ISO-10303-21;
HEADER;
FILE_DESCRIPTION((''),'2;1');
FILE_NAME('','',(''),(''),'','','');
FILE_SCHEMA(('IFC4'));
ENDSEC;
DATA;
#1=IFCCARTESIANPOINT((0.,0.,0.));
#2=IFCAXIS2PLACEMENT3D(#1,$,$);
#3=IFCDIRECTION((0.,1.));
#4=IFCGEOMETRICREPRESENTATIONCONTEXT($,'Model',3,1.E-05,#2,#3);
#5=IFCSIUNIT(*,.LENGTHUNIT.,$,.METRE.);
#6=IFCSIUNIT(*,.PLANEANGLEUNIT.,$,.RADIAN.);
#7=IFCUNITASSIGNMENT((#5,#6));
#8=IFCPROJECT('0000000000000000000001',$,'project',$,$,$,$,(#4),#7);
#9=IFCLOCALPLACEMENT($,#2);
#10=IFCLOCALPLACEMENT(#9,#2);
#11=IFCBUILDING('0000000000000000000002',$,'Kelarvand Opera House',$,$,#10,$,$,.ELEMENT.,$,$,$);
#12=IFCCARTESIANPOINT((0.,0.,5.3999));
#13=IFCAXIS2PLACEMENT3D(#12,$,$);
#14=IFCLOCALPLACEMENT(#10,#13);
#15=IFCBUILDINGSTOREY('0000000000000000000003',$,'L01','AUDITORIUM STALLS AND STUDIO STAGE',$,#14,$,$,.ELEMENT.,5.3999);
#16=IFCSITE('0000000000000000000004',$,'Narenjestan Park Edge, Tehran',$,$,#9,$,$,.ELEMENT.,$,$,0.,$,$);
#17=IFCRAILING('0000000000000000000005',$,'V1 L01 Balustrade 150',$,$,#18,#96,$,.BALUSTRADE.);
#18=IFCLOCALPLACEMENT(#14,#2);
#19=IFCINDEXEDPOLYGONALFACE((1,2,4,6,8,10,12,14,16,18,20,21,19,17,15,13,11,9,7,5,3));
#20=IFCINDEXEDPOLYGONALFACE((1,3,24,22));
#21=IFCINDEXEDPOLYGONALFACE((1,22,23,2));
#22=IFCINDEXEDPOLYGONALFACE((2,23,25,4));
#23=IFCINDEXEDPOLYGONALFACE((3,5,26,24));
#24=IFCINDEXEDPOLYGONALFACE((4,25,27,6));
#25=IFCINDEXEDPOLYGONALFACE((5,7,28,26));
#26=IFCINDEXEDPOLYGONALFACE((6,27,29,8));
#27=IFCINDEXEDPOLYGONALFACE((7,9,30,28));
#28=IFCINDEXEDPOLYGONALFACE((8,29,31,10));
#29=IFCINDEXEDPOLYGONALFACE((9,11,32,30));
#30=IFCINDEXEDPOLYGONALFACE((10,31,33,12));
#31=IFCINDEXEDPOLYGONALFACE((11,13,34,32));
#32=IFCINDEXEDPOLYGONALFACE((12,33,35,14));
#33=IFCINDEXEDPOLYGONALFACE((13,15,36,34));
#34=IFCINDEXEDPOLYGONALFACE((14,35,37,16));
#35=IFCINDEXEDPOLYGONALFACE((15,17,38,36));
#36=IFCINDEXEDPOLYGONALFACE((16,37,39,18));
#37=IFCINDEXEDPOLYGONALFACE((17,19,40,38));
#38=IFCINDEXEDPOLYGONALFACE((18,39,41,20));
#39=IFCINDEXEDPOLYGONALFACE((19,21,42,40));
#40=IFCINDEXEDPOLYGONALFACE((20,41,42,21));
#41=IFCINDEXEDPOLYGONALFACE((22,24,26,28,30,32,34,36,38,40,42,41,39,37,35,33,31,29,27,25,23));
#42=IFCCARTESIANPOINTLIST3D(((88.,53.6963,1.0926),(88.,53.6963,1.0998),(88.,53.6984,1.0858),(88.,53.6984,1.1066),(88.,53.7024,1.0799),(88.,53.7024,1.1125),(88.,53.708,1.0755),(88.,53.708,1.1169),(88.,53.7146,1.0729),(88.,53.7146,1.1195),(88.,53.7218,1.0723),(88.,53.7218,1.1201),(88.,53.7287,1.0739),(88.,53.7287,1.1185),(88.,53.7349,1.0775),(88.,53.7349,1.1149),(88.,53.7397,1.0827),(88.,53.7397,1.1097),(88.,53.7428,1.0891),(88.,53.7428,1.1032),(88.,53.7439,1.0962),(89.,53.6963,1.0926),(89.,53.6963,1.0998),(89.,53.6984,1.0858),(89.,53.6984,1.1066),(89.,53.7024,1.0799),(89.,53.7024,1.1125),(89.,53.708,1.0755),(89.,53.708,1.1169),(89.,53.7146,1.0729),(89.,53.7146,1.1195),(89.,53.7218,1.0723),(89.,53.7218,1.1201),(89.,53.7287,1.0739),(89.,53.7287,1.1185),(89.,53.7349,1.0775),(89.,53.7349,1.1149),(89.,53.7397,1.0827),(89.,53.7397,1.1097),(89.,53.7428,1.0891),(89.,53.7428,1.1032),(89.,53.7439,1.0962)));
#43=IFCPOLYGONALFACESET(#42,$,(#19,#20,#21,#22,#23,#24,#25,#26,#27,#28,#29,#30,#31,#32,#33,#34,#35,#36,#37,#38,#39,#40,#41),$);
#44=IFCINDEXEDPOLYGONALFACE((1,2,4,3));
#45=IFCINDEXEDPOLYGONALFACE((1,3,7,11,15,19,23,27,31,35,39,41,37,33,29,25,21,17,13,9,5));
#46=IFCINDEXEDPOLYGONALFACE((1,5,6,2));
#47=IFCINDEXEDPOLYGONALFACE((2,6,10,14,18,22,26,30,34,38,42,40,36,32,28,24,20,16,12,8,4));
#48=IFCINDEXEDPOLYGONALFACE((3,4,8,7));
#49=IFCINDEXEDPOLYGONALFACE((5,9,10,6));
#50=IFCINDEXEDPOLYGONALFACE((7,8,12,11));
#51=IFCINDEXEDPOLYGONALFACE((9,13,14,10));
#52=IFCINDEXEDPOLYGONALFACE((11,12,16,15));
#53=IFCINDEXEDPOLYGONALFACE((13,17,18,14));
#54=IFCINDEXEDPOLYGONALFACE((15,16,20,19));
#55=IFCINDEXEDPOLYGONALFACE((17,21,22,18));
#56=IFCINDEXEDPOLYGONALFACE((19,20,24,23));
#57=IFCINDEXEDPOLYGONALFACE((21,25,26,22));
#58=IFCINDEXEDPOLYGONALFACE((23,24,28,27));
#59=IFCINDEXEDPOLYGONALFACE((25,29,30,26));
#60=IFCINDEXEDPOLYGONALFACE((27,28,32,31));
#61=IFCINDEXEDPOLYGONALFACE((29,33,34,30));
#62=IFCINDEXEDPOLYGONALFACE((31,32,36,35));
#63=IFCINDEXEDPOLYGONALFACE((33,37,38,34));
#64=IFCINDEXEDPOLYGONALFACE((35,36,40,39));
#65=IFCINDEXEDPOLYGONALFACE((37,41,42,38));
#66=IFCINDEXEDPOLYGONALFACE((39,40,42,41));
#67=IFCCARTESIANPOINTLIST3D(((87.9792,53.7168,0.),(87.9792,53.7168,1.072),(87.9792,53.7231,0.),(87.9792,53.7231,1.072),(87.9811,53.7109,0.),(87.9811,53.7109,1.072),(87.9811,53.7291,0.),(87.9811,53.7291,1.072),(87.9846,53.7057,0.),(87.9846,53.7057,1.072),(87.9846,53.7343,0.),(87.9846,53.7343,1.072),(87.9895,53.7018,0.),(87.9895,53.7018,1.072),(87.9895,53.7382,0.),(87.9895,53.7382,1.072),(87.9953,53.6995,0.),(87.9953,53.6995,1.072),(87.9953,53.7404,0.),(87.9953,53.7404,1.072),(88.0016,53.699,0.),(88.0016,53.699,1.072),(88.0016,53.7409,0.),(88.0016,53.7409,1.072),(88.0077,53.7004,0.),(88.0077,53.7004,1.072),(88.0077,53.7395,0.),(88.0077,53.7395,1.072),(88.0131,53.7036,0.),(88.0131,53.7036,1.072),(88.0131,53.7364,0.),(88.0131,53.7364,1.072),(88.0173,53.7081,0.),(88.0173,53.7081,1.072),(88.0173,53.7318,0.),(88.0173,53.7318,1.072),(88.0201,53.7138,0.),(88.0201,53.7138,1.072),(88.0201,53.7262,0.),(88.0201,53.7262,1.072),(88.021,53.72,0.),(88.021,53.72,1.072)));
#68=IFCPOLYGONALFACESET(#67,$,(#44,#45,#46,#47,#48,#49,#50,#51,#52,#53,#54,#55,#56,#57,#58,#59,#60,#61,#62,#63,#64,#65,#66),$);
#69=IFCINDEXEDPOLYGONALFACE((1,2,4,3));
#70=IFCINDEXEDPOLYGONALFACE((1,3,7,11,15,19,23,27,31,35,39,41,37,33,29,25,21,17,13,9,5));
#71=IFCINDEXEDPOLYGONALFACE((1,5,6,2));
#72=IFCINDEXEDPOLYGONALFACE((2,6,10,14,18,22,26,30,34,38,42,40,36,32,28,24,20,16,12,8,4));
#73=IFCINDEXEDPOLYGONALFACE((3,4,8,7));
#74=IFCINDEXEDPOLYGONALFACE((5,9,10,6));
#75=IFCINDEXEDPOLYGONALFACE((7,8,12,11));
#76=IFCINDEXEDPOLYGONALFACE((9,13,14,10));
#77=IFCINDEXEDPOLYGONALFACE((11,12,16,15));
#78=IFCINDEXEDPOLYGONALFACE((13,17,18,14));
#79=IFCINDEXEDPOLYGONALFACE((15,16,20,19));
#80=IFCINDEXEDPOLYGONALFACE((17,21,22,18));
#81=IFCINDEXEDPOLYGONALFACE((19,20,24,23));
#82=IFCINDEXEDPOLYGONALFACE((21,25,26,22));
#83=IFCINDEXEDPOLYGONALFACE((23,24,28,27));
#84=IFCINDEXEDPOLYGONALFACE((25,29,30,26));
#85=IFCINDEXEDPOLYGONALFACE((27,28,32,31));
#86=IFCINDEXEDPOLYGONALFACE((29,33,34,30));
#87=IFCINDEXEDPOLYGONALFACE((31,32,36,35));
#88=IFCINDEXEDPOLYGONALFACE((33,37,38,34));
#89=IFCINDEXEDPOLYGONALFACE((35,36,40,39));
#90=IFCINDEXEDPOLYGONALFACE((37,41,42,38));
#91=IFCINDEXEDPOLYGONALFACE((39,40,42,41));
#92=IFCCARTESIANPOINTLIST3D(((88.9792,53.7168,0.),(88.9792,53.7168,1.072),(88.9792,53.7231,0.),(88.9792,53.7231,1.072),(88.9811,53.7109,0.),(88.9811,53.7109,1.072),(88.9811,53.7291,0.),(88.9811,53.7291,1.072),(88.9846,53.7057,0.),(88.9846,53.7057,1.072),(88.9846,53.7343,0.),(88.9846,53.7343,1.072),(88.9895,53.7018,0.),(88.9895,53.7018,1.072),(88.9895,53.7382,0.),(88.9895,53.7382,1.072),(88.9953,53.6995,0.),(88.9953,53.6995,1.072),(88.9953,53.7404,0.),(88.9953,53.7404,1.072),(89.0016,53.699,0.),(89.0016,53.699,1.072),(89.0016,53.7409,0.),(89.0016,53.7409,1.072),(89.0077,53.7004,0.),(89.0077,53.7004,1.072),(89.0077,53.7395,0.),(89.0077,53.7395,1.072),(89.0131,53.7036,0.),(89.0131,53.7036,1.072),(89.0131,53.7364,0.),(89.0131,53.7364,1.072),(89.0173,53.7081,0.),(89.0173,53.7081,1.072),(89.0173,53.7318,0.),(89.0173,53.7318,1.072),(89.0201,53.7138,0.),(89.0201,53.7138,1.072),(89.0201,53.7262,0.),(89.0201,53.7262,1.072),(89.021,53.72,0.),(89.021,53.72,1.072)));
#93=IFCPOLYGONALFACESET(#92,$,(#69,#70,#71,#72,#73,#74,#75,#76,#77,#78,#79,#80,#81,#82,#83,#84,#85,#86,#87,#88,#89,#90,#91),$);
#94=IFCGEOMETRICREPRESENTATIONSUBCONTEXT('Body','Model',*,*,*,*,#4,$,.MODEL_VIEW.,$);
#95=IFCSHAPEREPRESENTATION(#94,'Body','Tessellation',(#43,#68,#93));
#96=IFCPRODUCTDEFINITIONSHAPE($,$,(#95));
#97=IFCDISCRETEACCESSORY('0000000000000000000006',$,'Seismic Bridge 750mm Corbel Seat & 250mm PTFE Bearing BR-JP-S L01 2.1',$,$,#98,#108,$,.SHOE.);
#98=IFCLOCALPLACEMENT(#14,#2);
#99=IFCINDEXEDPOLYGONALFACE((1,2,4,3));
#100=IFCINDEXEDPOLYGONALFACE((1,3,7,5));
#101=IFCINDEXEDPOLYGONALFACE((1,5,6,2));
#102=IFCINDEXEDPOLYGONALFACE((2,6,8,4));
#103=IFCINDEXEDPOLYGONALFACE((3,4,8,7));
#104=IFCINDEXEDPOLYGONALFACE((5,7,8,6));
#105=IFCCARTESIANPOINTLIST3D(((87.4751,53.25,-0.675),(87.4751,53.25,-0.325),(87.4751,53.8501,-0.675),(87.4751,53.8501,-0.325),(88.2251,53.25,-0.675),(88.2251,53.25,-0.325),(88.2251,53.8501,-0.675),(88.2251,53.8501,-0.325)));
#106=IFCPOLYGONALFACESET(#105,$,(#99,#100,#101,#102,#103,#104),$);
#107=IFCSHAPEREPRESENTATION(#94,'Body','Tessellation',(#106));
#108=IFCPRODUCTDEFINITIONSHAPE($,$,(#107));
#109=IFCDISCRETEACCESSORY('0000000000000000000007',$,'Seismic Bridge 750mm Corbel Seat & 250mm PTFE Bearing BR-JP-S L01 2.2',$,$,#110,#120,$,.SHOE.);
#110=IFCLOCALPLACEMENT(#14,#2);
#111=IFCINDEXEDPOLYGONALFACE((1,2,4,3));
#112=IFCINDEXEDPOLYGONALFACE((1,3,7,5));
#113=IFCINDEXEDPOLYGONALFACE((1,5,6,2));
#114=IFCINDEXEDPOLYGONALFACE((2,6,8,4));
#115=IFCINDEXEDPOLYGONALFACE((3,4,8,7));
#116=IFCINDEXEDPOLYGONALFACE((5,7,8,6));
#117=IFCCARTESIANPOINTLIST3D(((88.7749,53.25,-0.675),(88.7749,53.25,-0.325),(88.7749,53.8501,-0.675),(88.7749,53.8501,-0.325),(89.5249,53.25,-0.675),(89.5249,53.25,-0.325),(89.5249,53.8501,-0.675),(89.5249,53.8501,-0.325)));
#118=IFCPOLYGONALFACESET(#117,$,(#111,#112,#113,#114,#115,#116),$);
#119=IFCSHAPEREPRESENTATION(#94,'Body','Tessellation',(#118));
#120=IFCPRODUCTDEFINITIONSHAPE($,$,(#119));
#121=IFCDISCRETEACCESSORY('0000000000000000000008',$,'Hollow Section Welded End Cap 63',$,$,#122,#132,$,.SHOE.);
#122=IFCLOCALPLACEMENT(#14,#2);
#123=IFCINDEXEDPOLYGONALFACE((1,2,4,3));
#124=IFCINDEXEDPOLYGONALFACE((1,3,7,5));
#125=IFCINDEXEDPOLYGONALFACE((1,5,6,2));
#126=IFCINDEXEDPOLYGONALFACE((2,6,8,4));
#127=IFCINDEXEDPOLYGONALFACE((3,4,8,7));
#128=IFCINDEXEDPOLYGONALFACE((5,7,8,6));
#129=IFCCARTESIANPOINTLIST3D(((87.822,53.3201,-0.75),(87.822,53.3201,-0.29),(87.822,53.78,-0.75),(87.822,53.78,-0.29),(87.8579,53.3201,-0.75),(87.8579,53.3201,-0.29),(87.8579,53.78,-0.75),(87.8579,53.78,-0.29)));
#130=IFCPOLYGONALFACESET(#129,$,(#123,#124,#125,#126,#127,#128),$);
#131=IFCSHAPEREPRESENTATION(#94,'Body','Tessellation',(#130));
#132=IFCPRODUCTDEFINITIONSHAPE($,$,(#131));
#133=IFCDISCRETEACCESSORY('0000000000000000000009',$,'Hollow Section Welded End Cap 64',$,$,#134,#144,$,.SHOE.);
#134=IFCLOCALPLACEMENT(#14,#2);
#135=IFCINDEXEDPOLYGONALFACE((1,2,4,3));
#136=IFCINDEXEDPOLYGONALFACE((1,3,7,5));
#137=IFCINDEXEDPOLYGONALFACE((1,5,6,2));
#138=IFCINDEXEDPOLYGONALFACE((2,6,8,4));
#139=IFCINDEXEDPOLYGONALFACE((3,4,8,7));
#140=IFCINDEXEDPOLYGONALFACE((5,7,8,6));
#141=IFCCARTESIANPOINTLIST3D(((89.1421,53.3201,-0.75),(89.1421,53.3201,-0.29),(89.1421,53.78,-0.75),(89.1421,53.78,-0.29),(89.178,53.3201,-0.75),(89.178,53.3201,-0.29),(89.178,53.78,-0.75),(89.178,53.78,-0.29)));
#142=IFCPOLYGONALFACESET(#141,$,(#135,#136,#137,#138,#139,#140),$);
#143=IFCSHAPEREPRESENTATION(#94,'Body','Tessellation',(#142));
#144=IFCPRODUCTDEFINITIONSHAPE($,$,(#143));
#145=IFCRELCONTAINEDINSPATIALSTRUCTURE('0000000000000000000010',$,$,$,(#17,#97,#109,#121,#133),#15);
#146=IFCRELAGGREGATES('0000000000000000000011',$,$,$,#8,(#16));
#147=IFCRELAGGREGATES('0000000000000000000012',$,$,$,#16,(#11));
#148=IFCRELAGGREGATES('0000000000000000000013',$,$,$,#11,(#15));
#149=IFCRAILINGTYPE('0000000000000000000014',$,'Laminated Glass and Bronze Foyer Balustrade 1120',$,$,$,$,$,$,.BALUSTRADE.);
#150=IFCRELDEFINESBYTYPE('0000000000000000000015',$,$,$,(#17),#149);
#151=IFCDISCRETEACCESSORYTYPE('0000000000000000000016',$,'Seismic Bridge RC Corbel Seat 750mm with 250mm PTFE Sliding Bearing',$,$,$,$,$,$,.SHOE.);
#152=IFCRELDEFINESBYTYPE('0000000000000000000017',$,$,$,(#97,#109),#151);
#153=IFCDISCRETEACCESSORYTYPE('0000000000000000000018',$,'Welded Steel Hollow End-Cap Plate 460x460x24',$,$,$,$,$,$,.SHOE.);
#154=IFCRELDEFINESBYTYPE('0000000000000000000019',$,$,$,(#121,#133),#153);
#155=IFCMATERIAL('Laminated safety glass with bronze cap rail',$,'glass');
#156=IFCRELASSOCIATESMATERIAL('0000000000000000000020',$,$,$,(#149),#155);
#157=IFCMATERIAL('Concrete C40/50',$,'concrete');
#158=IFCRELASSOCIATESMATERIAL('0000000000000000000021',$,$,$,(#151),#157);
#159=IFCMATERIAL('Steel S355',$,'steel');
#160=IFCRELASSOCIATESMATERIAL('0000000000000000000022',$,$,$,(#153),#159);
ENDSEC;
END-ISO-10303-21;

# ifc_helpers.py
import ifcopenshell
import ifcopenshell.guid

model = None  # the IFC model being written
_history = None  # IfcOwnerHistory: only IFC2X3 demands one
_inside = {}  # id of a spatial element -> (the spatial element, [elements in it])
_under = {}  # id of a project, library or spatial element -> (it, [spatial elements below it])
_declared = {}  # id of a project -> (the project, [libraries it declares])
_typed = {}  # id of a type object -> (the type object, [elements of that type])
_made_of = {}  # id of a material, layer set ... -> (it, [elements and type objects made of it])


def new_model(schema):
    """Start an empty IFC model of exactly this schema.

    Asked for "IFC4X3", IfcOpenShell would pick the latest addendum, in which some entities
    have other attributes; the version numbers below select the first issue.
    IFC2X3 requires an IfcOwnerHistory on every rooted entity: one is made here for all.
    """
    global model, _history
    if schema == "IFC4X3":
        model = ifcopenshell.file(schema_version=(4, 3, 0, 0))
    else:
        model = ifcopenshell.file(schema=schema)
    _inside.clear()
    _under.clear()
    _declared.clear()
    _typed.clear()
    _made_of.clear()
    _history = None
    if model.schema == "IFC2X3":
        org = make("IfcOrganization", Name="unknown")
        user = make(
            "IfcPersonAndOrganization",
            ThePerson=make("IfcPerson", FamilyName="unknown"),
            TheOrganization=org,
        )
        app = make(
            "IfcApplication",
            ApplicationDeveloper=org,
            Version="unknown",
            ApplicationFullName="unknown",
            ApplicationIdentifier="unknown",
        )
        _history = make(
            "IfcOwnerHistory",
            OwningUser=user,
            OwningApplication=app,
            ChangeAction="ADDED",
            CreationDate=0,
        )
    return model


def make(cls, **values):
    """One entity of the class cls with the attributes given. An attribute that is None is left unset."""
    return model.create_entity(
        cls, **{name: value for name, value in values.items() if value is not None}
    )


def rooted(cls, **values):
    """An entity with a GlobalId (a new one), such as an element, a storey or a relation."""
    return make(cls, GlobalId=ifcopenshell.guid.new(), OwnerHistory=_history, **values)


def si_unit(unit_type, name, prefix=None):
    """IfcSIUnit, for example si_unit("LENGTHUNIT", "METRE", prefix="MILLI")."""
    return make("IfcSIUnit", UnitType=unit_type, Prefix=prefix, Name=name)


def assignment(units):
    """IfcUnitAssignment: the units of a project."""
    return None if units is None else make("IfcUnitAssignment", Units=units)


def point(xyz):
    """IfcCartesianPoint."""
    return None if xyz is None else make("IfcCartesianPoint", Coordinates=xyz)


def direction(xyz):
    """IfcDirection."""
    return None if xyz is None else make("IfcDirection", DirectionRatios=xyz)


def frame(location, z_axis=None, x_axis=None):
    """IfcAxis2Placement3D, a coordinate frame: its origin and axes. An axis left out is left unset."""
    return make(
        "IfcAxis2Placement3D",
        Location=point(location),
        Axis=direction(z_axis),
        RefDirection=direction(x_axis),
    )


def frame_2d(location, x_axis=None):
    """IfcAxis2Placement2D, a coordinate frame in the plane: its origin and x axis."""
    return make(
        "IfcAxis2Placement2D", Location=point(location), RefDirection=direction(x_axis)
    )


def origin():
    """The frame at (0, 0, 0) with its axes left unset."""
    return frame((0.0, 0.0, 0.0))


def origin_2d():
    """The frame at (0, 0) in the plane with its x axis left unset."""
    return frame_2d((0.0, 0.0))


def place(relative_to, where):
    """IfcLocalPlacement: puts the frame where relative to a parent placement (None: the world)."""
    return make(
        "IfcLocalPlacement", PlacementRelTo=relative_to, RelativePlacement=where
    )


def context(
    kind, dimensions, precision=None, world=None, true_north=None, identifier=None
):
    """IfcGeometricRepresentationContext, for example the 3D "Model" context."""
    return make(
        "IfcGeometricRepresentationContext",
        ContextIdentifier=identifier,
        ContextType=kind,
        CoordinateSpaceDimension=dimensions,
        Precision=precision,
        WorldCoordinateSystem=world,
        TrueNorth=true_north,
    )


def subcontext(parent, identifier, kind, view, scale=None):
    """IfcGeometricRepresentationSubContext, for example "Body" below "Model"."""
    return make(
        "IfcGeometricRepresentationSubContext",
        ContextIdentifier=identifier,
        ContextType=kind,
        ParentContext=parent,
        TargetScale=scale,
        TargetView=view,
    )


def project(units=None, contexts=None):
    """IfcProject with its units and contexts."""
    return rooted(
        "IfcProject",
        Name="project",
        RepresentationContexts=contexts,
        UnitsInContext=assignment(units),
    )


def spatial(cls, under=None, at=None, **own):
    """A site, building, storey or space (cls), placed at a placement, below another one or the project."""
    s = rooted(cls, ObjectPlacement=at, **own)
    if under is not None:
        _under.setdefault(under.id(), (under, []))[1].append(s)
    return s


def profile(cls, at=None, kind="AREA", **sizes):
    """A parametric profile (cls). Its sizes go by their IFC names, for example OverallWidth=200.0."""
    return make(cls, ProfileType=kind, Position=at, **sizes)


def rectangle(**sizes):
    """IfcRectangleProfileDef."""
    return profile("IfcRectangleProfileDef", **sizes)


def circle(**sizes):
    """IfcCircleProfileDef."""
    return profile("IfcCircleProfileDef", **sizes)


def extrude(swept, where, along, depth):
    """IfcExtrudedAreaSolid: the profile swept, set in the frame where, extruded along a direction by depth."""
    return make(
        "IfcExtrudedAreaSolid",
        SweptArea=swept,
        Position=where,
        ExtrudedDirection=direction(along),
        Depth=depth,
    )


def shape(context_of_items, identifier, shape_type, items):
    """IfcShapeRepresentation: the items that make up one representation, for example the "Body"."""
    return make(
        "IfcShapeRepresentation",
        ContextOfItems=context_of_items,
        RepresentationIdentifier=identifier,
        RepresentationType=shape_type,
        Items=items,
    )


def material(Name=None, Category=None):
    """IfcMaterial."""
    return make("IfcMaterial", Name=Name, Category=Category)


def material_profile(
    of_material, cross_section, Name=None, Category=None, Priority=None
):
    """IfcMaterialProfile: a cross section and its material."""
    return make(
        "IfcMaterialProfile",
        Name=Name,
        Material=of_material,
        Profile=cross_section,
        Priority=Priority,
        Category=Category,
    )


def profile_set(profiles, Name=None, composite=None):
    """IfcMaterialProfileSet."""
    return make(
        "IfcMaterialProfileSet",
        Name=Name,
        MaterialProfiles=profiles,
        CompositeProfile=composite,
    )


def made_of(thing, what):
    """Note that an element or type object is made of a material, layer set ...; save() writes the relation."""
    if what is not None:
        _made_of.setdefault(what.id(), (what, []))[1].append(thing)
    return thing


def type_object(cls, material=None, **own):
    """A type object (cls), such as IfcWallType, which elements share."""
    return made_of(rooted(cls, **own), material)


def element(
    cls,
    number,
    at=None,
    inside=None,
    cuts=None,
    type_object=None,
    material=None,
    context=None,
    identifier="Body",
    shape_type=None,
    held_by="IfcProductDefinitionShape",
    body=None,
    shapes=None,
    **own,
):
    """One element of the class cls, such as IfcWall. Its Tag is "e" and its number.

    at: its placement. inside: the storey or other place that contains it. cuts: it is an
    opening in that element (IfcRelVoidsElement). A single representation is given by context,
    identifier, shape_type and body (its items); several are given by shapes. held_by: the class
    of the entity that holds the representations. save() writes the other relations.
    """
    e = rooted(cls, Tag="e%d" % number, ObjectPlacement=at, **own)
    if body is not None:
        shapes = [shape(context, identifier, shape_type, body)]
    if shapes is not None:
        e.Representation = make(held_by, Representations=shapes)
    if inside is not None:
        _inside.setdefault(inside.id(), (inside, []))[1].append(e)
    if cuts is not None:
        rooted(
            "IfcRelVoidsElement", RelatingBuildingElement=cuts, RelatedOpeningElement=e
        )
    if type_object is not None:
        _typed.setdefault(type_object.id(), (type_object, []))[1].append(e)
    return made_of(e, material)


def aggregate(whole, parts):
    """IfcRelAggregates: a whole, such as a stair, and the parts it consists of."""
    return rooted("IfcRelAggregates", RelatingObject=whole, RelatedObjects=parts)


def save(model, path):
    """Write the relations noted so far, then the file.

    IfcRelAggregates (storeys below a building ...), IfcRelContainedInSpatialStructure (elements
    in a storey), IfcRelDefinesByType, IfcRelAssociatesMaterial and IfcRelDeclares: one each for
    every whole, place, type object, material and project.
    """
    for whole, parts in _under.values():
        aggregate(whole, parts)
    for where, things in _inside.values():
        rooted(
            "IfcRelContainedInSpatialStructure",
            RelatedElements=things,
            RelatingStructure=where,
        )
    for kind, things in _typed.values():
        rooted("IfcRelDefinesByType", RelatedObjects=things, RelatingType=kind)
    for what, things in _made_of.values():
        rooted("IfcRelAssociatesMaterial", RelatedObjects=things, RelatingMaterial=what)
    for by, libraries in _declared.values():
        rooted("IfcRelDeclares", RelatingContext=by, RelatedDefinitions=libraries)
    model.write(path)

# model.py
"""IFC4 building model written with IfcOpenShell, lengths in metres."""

from ifc_helpers import new_model, si_unit, direction, frame, origin, origin_2d, place, context, subcontext, project, spatial, rectangle, circle, extrude, material, material_profile, profile_set, type_object, element, save


model = new_model("IFC4")

# Units and contexts
model_context = context("Model", 3, precision=1e-05, world=origin(), true_north=direction((0.0, 1.0)))
body_context = subcontext(model_context, "Body", "Model", "MODEL_VIEW")
ifc_project = project(units=[si_unit("LENGTHUNIT", "METRE"), si_unit("PLANEANGLEUNIT", "RADIAN")], contexts=[model_context])

# Site, building, storey
site_placement = place(None, origin())
site = spatial("IfcSite", under=ifc_project, at=site_placement, Name="Narenjestan Park Edge, Tehran", CompositionType="ELEMENT", RefElevation=0.0)
building_placement = place(site_placement, origin())
building = spatial("IfcBuilding", under=site, at=building_placement, Name="Kelarvand Opera House", CompositionType="ELEMENT")
storey_placement = place(building_placement, frame((0.0, 0.0, 5.3999)))
storey = spatial("IfcBuildingStorey", under=building, at=storey_placement, Name="L01", Description="AUDITORIUM STALLS AND STUDIO STAGE", CompositionType="ELEMENT", Elevation=5.3999)

# Shared definitions
ifc_material_1 = material(Name="Concrete C40/50", Category="concrete")

# Shared definitions
ifc_material_2 = material(Name="Steel S355", Category="steel")

# Railing
ifc_material_3 = material(Name="Laminated safety glass with bronze cap rail", Category="glass")
railing_type_1 = type_object("IfcRailingType", Name="Laminated Glass and Bronze Foyer Balustrade 1120", PredefinedType="BALUSTRADE", material=ifc_material_3)
railing_1_placement = place(storey_placement, frame((88.0, 53.72, 0.0)))
element("IfcRailing", 1, at=railing_1_placement, inside=storey, type_object=railing_type_1, Name="V1 L01 Balustrade 150", PredefinedType="BALUSTRADE", context=body_context, shape_type="SweptSolid", body=[
    extrude(circle(Radius=0.0239, at=origin_2d()), frame((0.0, 0.0, 1.0962), z_axis=(1.0, 0.0, 0.0), x_axis=(0.0, 1.0, 0.0)), (0.0, 0.0, 1.0), 1.0),
    extrude(circle(Radius=0.021, at=origin_2d()), origin(), (0.0, 0.0, 1.0), 1.072),
    extrude(circle(Radius=0.021, at=origin_2d()), frame((1.0, 0.0, 0.0)), (0.0, 0.0, 1.0), 1.072),
])

# Discrete accessories
discrete_accessory_type_1 = type_object("IfcDiscreteAccessoryType", Name="Seismic Bridge RC Corbel Seat 750mm with 250mm PTFE Sliding Bearing", PredefinedType="SHOE", material=ifc_material_1)
for number, where, z_axis, x_axis, name in (
    (2, (87.8501, 53.55, -0.675), (0.0, 0.0, 1.0), (1.0, 0.0, 0.0), "Seismic Bridge 750mm Corbel Seat & 250mm PTFE Bearing BR-JP-S L01 2.1"),
    (3, (89.1499, 53.55, -0.675), (0.0, 0.0, 1.0), (1.0, 0.0, 0.0), "Seismic Bridge 750mm Corbel Seat & 250mm PTFE Bearing BR-JP-S L01 2.2"),
):
    element("IfcDiscreteAccessory", number, at=place(storey_placement, frame(where, z_axis=z_axis, x_axis=x_axis)), inside=storey, type_object=discrete_accessory_type_1, Name=name, PredefinedType="SHOE", context=body_context, shape_type="SweptSolid", body=[
        extrude(rectangle(XDim=0.75, YDim=0.6001, at=origin_2d()), origin(), (0.0, 0.0, 1.0), 0.3501),
    ])
ifc_material_profile_1 = material_profile(ifc_material_2, rectangle(XDim=0.46, YDim=0.46, at=origin_2d()), Name="Welded Steel Hollow End-Cap Plate 460x460x24", Category="steel")
ifc_profile_set_1 = profile_set([ifc_material_profile_1], Name="Steel S355")
discrete_accessory_type_2 = type_object("IfcDiscreteAccessoryType", Name="Welded Steel Hollow End-Cap Plate 460x460x24", PredefinedType="SHOE", material=ifc_profile_set_1)
for number, where, z_axis, x_axis, name in (
    (4, (87.8579, 53.55, -0.52), (-1.0, 0.0, 0.0), (0.0, -1.0, 0.0), "Hollow Section Welded End Cap 63"),
    (5, (89.1421, 53.55, -0.52), (1.0, 0.0, 0.0), (0.0, 1.0, 0.0), "Hollow Section Welded End Cap 64"),
):
    element("IfcDiscreteAccessory", number, at=place(storey_placement, frame(where, z_axis=z_axis, x_axis=x_axis)), inside=storey, type_object=discrete_accessory_type_2, Name=name, PredefinedType="SHOE", context=body_context, shape_type="SweptSolid", body=[
        extrude(rectangle(XDim=0.46, YDim=0.46, at=origin_2d()), origin(), (0.0, 0.0, 1.0), 0.0359),
    ])

save(model, "model.ifc")
